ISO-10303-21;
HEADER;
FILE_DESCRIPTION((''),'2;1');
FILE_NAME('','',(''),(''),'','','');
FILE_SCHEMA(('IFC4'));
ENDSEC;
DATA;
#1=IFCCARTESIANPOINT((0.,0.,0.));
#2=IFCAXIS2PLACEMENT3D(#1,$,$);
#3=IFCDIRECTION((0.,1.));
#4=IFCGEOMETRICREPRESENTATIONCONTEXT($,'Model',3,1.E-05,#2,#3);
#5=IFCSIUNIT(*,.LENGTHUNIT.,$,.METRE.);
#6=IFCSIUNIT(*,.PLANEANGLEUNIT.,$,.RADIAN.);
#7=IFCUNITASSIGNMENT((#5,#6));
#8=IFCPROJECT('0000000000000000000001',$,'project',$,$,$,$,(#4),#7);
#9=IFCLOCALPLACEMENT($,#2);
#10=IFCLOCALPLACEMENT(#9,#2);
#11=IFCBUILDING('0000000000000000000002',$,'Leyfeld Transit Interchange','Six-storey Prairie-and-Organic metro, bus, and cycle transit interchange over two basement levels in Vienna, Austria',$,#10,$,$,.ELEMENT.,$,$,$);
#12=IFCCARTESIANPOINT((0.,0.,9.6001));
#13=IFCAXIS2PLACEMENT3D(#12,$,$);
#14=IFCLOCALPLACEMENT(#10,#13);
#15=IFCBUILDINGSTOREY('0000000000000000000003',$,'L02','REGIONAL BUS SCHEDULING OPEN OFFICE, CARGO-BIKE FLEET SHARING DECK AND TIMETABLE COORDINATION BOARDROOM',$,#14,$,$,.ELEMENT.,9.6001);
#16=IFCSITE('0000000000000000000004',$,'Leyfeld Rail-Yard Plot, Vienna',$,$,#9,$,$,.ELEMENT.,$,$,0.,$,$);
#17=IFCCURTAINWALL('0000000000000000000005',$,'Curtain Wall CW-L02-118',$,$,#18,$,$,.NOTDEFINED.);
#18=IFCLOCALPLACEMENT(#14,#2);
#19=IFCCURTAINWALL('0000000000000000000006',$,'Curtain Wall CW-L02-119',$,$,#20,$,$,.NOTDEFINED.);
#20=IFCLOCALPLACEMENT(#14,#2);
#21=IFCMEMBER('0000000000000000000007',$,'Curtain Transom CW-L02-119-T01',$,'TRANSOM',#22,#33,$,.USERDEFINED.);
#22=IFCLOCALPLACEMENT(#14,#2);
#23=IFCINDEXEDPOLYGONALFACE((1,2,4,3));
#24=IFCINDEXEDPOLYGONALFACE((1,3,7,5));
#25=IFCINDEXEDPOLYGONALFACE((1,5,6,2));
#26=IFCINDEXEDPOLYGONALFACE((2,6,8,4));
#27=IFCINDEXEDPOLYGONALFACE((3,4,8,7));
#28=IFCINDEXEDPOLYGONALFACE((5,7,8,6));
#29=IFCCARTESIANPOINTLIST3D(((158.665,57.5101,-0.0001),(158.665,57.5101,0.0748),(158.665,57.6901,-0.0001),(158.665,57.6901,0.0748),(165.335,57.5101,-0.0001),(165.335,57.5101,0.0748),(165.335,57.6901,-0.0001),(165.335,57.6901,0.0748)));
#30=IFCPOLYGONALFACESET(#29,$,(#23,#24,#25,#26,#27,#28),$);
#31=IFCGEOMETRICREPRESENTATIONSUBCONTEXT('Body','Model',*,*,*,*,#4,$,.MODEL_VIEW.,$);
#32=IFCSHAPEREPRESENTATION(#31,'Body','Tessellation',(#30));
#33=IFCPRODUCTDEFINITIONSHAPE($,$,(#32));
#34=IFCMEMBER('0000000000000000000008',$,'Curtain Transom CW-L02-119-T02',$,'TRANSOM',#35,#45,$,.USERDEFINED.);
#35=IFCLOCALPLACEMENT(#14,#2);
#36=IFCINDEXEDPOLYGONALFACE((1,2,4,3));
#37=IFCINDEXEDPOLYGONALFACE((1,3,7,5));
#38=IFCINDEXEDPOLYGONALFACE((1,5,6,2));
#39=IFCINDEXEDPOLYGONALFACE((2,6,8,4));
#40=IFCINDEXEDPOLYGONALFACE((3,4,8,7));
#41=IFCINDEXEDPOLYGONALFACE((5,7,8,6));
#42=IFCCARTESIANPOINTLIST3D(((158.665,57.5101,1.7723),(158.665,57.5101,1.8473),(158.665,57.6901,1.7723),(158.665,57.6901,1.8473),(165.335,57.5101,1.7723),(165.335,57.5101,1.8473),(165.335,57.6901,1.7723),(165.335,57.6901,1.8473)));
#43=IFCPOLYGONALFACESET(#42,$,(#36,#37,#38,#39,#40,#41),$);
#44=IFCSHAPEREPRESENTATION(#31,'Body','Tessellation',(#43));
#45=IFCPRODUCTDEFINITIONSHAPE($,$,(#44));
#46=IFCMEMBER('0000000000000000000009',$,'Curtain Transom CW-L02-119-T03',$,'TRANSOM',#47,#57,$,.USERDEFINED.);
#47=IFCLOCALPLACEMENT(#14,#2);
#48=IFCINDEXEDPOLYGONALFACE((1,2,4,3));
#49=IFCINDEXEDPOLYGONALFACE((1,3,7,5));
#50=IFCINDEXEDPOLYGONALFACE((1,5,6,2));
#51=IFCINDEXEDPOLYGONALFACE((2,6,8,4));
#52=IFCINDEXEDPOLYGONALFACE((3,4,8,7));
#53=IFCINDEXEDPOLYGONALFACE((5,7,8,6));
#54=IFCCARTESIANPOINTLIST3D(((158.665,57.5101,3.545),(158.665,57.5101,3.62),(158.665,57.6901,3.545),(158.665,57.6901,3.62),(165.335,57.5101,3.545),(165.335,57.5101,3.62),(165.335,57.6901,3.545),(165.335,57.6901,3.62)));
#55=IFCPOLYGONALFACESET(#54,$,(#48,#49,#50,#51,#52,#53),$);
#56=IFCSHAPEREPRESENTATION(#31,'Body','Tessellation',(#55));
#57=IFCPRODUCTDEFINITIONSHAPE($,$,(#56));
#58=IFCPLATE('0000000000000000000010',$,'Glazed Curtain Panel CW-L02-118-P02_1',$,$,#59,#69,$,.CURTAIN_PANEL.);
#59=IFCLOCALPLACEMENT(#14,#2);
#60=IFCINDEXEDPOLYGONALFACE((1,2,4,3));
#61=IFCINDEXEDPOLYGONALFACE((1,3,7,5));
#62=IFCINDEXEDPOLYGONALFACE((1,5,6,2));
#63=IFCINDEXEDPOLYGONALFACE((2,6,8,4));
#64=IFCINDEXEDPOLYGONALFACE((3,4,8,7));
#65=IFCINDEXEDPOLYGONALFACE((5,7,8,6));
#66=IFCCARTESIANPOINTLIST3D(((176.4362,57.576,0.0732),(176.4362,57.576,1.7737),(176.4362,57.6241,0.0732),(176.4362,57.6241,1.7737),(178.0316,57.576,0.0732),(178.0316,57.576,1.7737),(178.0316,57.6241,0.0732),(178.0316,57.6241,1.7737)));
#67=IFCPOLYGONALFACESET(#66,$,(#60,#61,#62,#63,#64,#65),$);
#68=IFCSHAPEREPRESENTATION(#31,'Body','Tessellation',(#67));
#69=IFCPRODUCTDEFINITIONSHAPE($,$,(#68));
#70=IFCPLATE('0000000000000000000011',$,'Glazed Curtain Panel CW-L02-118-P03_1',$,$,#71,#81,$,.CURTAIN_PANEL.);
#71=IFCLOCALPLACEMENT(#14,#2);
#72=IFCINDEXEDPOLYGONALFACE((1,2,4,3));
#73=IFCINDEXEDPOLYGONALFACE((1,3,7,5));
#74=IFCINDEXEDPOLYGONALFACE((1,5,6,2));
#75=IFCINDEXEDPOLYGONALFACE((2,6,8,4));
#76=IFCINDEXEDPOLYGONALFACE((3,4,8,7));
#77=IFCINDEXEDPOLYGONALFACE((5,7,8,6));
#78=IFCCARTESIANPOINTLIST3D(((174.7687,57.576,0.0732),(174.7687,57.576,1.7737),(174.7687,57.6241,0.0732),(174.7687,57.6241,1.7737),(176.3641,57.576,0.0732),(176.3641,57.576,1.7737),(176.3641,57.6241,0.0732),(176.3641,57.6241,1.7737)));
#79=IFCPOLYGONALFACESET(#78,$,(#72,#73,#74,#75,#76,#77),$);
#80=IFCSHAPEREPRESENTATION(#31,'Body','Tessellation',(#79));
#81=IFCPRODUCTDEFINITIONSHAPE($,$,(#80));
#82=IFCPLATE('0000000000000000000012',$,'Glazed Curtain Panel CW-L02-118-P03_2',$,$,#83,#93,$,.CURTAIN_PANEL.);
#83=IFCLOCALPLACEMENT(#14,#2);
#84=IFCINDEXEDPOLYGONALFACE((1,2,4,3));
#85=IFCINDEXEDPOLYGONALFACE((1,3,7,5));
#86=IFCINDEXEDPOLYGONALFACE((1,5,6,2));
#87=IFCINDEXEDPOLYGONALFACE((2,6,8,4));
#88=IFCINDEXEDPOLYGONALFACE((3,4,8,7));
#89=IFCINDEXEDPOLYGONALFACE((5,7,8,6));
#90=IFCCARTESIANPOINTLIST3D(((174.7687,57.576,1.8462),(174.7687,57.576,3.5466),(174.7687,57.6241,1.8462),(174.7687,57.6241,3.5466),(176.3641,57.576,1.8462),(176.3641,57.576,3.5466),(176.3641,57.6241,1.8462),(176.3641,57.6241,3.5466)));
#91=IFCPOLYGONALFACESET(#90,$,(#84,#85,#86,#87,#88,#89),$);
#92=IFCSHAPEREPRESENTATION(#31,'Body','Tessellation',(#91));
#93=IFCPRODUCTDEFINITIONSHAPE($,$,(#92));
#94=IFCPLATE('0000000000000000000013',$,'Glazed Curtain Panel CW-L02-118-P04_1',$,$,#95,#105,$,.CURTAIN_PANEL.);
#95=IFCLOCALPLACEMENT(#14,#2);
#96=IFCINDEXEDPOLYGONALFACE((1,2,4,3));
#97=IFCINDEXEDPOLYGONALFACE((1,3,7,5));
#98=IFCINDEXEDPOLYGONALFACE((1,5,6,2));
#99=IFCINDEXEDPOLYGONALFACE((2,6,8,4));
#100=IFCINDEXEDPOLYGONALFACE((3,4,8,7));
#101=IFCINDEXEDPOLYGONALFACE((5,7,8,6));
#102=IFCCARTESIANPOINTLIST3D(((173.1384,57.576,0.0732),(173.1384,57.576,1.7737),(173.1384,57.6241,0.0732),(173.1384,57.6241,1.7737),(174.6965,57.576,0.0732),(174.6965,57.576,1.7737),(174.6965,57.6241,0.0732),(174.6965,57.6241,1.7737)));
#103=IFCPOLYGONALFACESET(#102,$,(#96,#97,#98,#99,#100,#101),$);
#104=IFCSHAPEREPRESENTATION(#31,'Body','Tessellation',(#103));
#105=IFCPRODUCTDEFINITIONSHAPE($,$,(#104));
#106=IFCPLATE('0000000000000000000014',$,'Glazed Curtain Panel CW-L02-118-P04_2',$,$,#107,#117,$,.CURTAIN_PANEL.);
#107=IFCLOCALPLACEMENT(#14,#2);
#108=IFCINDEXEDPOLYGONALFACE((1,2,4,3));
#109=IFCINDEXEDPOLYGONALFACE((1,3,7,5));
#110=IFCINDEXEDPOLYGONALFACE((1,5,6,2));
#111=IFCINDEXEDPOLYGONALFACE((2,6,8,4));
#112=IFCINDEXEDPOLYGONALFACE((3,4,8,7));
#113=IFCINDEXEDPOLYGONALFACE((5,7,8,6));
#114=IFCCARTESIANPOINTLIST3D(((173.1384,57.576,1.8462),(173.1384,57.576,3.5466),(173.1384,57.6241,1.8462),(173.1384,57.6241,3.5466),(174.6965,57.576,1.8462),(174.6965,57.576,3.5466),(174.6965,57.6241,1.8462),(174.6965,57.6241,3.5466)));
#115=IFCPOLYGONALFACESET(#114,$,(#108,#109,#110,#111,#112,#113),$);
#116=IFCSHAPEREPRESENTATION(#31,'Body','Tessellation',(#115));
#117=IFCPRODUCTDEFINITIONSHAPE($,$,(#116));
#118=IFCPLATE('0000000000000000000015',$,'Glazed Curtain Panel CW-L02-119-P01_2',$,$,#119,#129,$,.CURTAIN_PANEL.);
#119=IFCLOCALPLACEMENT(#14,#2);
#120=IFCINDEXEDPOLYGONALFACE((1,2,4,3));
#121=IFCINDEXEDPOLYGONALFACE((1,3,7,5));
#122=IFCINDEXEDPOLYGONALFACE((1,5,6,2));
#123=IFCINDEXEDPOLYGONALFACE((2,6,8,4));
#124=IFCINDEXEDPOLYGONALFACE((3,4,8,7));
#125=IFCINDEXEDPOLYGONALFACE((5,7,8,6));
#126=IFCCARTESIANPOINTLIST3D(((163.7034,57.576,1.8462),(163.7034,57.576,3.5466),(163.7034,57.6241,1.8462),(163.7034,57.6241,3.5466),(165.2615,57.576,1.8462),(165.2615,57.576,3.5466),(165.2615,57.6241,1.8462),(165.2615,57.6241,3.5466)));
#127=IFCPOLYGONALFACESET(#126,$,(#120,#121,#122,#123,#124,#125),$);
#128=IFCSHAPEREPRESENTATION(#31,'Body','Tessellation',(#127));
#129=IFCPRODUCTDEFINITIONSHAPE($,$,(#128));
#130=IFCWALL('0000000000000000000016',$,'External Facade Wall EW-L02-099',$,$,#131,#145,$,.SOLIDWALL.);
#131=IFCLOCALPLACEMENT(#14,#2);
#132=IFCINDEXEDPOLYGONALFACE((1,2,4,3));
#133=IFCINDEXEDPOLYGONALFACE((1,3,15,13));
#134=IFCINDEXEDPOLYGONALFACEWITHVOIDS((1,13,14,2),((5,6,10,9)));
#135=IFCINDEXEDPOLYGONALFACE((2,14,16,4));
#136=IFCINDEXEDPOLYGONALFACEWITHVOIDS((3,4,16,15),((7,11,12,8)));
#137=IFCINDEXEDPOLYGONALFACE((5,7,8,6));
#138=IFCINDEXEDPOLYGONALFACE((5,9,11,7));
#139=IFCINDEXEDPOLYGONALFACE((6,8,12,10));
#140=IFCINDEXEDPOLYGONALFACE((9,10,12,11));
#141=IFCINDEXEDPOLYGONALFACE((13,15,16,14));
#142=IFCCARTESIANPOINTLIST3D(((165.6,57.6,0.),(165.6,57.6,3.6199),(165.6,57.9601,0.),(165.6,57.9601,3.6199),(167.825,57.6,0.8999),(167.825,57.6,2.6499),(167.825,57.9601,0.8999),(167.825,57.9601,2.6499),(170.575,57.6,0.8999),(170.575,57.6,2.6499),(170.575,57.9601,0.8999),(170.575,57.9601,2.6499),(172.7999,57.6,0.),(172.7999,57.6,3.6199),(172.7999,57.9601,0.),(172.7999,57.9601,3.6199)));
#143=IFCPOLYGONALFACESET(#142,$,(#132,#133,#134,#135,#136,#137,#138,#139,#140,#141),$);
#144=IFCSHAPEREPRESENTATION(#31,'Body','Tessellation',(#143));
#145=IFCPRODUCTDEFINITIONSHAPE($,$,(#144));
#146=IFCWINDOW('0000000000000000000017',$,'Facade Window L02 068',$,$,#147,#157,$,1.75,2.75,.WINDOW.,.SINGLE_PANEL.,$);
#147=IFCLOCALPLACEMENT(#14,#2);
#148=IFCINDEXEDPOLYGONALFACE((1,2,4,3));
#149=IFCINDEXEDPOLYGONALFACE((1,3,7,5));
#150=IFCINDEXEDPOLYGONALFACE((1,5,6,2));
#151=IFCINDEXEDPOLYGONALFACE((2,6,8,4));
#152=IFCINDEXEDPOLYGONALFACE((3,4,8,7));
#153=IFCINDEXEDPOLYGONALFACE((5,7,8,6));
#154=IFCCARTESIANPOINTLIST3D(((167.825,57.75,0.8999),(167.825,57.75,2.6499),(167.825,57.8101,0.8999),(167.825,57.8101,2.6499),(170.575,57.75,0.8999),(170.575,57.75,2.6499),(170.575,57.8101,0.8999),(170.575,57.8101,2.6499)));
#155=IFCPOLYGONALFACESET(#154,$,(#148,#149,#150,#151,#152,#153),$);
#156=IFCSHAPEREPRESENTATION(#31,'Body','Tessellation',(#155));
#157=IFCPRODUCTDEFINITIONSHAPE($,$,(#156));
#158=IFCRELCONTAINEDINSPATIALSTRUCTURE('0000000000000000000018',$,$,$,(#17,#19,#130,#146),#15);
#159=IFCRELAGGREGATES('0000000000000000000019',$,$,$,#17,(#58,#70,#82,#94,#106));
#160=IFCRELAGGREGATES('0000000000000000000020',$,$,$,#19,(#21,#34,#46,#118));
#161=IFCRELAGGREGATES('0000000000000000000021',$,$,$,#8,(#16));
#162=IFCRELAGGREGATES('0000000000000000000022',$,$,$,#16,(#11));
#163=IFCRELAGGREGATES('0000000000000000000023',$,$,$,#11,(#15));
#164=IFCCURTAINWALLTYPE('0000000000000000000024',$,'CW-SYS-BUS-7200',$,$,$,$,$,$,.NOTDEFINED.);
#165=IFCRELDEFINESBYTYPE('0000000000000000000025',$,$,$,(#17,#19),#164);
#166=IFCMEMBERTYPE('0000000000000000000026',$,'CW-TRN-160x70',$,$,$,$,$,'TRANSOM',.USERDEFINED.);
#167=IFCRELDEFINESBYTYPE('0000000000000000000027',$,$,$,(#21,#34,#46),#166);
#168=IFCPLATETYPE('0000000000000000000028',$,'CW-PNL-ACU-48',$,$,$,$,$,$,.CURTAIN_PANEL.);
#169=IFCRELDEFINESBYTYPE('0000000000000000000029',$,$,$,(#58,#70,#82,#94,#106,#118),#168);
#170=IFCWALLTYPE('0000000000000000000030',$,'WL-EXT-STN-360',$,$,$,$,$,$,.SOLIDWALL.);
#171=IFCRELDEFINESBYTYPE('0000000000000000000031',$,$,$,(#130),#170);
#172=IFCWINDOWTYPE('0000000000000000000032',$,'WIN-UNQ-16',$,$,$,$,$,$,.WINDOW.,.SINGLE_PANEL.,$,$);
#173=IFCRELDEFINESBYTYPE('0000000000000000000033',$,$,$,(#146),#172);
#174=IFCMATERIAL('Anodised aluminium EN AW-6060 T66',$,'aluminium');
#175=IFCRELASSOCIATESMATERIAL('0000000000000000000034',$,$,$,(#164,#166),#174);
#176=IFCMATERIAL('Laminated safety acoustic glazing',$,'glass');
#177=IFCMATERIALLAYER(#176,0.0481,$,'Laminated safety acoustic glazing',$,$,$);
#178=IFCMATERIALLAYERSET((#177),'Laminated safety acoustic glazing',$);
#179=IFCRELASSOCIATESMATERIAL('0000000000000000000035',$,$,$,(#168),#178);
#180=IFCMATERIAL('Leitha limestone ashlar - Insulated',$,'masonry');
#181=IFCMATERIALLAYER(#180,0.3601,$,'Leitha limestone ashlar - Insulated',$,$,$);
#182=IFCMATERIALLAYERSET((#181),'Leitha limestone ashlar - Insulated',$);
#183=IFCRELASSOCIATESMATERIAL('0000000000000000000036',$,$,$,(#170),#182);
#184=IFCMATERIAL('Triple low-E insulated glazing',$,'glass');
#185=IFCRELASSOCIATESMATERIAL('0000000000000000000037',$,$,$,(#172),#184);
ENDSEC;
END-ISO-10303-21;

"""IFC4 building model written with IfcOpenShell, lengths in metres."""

from ifc_helpers import new_model, si_unit, direction, frame, frame_2d, origin, origin_2d, place, context, subcontext, project, spatial, rectangle, extrude, material, layer, layer_set, material_profile, profile_set, type_object, element, fill, aggregate, save


model = new_model("IFC4")

# Units and contexts
model_context = context("Model", 3, precision=1e-05, world=origin(), true_north=direction((0.0, 1.0)))
body_context = subcontext(model_context, "Body", "Model", "MODEL_VIEW")
ifc_project = project(units=[si_unit("LENGTHUNIT", "METRE"), si_unit("PLANEANGLEUNIT", "RADIAN")], contexts=[model_context])

# Site, building, storey
site_placement = place(None, origin())
site = spatial("IfcSite", under=ifc_project, at=site_placement, Name="Leyfeld Rail-Yard Plot, Vienna", CompositionType="ELEMENT", RefElevation=0.0)
building_placement = place(site_placement, origin())
building = spatial("IfcBuilding", under=site, at=building_placement, Name="Leyfeld Transit Interchange", Description="Six-storey Prairie-and-Organic metro, bus, and cycle transit interchange over two basement levels in Vienna, Austria", CompositionType="ELEMENT")
storey_placement = place(building_placement, frame((0.0, 0.0, 9.6001)))
storey = spatial("IfcBuildingStorey", under=building, at=storey_placement, Name="L02", Description="REGIONAL BUS SCHEDULING OPEN OFFICE, CARGO-BIKE FLEET SHARING DECK AND TIMETABLE COORDINATION BOARDROOM", CompositionType="ELEMENT", Elevation=9.6001)

# Curtain walls, members
ifc_material_1 = material(Name="Anodised aluminium EN AW-6060 T66", Category="aluminium")
curtain_wall_type = type_object("IfcCurtainWallType", Name="CW-SYS-BUS-7200", PredefinedType="NOTDEFINED", material=ifc_material_1)
curtain_wall_1_placement = place(storey_placement, origin())
curtain_wall_1 = element("IfcCurtainWall", 1, at=curtain_wall_1_placement, inside=storey, type_object=curtain_wall_type, Name="Curtain Wall CW-L02-118", PredefinedType="NOTDEFINED")
curtain_wall_2_placement = place(storey_placement, origin())
curtain_wall_2 = element("IfcCurtainWall", 2, at=curtain_wall_2_placement, inside=storey, type_object=curtain_wall_type, Name="Curtain Wall CW-L02-119", PredefinedType="NOTDEFINED")
ifc_material_profile_1 = material_profile(ifc_material_1, rectangle(XDim=0.1799, YDim=0.075, at=origin_2d()), Name="CW-TRN-160x70")
ifc_profile_set_1 = profile_set([ifc_material_profile_1], Name="Anodised aluminium EN AW-6060 T66")
member_type_1 = type_object("IfcMemberType", Name="CW-TRN-160x70", ElementType="TRANSOM", PredefinedType="USERDEFINED", material=ifc_profile_set_1)
member_1_placement = place(storey_placement, frame((165.335, 57.6001, 0.0374), z_axis=(-1.0, 0.0, 0.0), x_axis=(0.0, -1.0, 0.0)))
member_1 = element("IfcMember", 3, at=member_1_placement, type_object=member_type_1, Name="Curtain Transom CW-L02-119-T01", ObjectType="TRANSOM", PredefinedType="USERDEFINED", context=body_context, shape_type="SweptSolid", body=[
    extrude(rectangle(XDim=0.1799, YDim=0.075, at=origin_2d()), origin(), (0.0, 0.0, 1.0), 6.6699),
])
member_2_placement = place(storey_placement, frame((165.335, 57.6001, 1.8098), z_axis=(-1.0, 0.0, 0.0), x_axis=(0.0, -1.0, 0.0)))
member_2 = element("IfcMember", 4, at=member_2_placement, type_object=member_type_1, Name="Curtain Transom CW-L02-119-T02", ObjectType="TRANSOM", PredefinedType="USERDEFINED", context=body_context, shape_type="SweptSolid", body=[
    extrude(rectangle(XDim=0.1799, YDim=0.075, at=origin_2d()), origin(), (0.0, 0.0, 1.0), 6.6699),
])
member_3_placement = place(storey_placement, frame((165.335, 57.6001, 3.5825), z_axis=(-1.0, 0.0, 0.0), x_axis=(0.0, -1.0, 0.0)))
member_3 = element("IfcMember", 5, at=member_3_placement, type_object=member_type_1, Name="Curtain Transom CW-L02-119-T03", ObjectType="TRANSOM", PredefinedType="USERDEFINED", context=body_context, shape_type="SweptSolid", body=[
    extrude(rectangle(XDim=0.1799, YDim=0.075, at=origin_2d()), origin(), (0.0, 0.0, 1.0), 6.6699),
])

# Plates
ifc_material_2 = material(Name="Laminated safety acoustic glazing", Category="glass")
ifc_layer_1 = layer(ifc_material_2, 0.0481, Name="Laminated safety acoustic glazing")
ifc_layer_set_1 = layer_set([ifc_layer_1], Name="Laminated safety acoustic glazing")
plate_type = type_object("IfcPlateType", Name="CW-PNL-ACU-48", PredefinedType="CURTAIN_PANEL", material=ifc_layer_set_1)
plate_1_placement = place(storey_placement, frame((177.2339, 57.6001, 0.0732), z_axis=(0.0, 0.0, 1.0), x_axis=(-1.0, 0.0, 0.0)))
plate_1 = element("IfcPlate", 6, at=plate_1_placement, type_object=plate_type, Name="Glazed Curtain Panel CW-L02-118-P02_1", PredefinedType="CURTAIN_PANEL", context=body_context, shape_type="SweptSolid", body=[
    extrude(rectangle(XDim=1.5955, YDim=0.0481, at=origin_2d()), origin(), (0.0, 0.0, 1.0), 1.7004),
])
plate_2_placement = place(storey_placement, frame((175.5664, 57.6001, 0.0732), z_axis=(0.0, 0.0, 1.0), x_axis=(-1.0, 0.0, 0.0)))
plate_2 = element("IfcPlate", 7, at=plate_2_placement, type_object=plate_type, Name="Glazed Curtain Panel CW-L02-118-P03_1", PredefinedType="CURTAIN_PANEL", context=body_context, shape_type="SweptSolid", body=[
    extrude(rectangle(XDim=1.5955, YDim=0.0481, at=origin_2d()), origin(), (0.0, 0.0, 1.0), 1.7004),
])
plate_3_placement = place(storey_placement, frame((175.5664, 57.6001, 1.8462), z_axis=(0.0, 0.0, 1.0), x_axis=(-1.0, 0.0, 0.0)))
plate_3 = element("IfcPlate", 8, at=plate_3_placement, type_object=plate_type, Name="Glazed Curtain Panel CW-L02-118-P03_2", PredefinedType="CURTAIN_PANEL", context=body_context, shape_type="SweptSolid", body=[
    extrude(rectangle(XDim=1.5955, YDim=0.0481, at=origin_2d()), origin(), (0.0, 0.0, 1.0), 1.7004),
])
plate_4_placement = place(storey_placement, frame((173.9175, 57.6001, 0.0732), z_axis=(0.0, 0.0, 1.0), x_axis=(-1.0, 0.0, 0.0)))
plate_4 = element("IfcPlate", 9, at=plate_4_placement, type_object=plate_type, Name="Glazed Curtain Panel CW-L02-118-P04_1", PredefinedType="CURTAIN_PANEL", context=body_context, shape_type="SweptSolid", body=[
    extrude(rectangle(XDim=1.5581, YDim=0.0481, at=origin_2d()), origin(), (0.0, 0.0, 1.0), 1.7004),
])
plate_5_placement = place(storey_placement, frame((173.9175, 57.6001, 1.8462), z_axis=(0.0, 0.0, 1.0), x_axis=(-1.0, 0.0, 0.0)))
plate_5 = element("IfcPlate", 10, at=plate_5_placement, type_object=plate_type, Name="Glazed Curtain Panel CW-L02-118-P04_2", PredefinedType="CURTAIN_PANEL", context=body_context, shape_type="SweptSolid", body=[
    extrude(rectangle(XDim=1.5581, YDim=0.0481, at=origin_2d()), origin(), (0.0, 0.0, 1.0), 1.7004),
])
aggregate(curtain_wall_1, [plate_1, plate_2, plate_3, plate_4, plate_5])
plate_6_placement = place(storey_placement, frame((164.4824, 57.6001, 1.8462), z_axis=(0.0, 0.0, 1.0), x_axis=(-1.0, 0.0, 0.0)))
plate_6 = element("IfcPlate", 11, at=plate_6_placement, type_object=plate_type, Name="Glazed Curtain Panel CW-L02-119-P01_2", PredefinedType="CURTAIN_PANEL", context=body_context, shape_type="SweptSolid", body=[
    extrude(rectangle(XDim=1.5581, YDim=0.0481, at=origin_2d()), origin(), (0.0, 0.0, 1.0), 1.7004),
])
aggregate(curtain_wall_2, [member_1, member_2, member_3, plate_6])

# Wall, opening, window
ifc_material_3 = material(Name="Leitha limestone ashlar - Insulated", Category="masonry")
ifc_layer_2 = layer(ifc_material_3, 0.3601, Name="Leitha limestone ashlar - Insulated")
ifc_layer_set_2 = layer_set([ifc_layer_2], Name="Leitha limestone ashlar - Insulated")
wall_type = type_object("IfcWallType", Name="WL-EXT-STN-360", PredefinedType="SOLIDWALL", material=ifc_layer_set_2)
wall_placement = place(storey_placement, frame((172.8, 57.78, 0.0), z_axis=(0.0, 0.0, 1.0), x_axis=(-1.0, 0.0, 0.0)))
wall = element("IfcWall", 12, at=wall_placement, inside=storey, type_object=wall_type, Name="External Facade Wall EW-L02-099", PredefinedType="SOLIDWALL", context=body_context, shape_type="SweptSolid", body=[
    extrude(rectangle(XDim=7.2, YDim=0.3601, at=frame_2d((3.6001, 0.0))), origin(), (0.0, 0.0, 1.0), 3.6199),
])
opening_placement = place(wall_placement, frame((2.2251, 0.0, 0.8999)))
opening = element("IfcOpeningElement", 13, at=opening_placement, cuts=wall, PredefinedType="OPENING", context=body_context, shape_type="SweptSolid", body=[
    extrude(rectangle(XDim=2.75, YDim=1.75, at=frame_2d((1.375, 0.875))), frame((0.0, 0.1899, 0.0), z_axis=(0.0, -1.0, 0.0), x_axis=(1.0, 0.0, 0.0)), (0.0, 0.0, 1.0), 0.3801),
])
ifc_material_4 = material(Name="Triple low-E insulated glazing", Category="glass")
window_type = type_object("IfcWindowType", Name="WIN-UNQ-16", PartitioningType="SINGLE_PANEL", PredefinedType="WINDOW", material=ifc_material_4)
window_placement = place(opening_placement, origin())
window = element("IfcWindow", 14, at=window_placement, inside=storey, type_object=window_type, Name="Facade Window L02 068", OverallHeight=1.75, OverallWidth=2.75, PartitioningType="SINGLE_PANEL", PredefinedType="WINDOW", context=body_context, shape_type="SweptSolid", body=[
    extrude(rectangle(XDim=2.75, YDim=1.75, at=frame_2d((1.375, 0.875))), frame((0.0, 0.03, 0.0), z_axis=(0.0, -1.0, 0.0), x_axis=(1.0, 0.0, 0.0)), (0.0, 0.0, 1.0), 0.0601),
])
fill(opening, window)

save(model, "model.ifc")
